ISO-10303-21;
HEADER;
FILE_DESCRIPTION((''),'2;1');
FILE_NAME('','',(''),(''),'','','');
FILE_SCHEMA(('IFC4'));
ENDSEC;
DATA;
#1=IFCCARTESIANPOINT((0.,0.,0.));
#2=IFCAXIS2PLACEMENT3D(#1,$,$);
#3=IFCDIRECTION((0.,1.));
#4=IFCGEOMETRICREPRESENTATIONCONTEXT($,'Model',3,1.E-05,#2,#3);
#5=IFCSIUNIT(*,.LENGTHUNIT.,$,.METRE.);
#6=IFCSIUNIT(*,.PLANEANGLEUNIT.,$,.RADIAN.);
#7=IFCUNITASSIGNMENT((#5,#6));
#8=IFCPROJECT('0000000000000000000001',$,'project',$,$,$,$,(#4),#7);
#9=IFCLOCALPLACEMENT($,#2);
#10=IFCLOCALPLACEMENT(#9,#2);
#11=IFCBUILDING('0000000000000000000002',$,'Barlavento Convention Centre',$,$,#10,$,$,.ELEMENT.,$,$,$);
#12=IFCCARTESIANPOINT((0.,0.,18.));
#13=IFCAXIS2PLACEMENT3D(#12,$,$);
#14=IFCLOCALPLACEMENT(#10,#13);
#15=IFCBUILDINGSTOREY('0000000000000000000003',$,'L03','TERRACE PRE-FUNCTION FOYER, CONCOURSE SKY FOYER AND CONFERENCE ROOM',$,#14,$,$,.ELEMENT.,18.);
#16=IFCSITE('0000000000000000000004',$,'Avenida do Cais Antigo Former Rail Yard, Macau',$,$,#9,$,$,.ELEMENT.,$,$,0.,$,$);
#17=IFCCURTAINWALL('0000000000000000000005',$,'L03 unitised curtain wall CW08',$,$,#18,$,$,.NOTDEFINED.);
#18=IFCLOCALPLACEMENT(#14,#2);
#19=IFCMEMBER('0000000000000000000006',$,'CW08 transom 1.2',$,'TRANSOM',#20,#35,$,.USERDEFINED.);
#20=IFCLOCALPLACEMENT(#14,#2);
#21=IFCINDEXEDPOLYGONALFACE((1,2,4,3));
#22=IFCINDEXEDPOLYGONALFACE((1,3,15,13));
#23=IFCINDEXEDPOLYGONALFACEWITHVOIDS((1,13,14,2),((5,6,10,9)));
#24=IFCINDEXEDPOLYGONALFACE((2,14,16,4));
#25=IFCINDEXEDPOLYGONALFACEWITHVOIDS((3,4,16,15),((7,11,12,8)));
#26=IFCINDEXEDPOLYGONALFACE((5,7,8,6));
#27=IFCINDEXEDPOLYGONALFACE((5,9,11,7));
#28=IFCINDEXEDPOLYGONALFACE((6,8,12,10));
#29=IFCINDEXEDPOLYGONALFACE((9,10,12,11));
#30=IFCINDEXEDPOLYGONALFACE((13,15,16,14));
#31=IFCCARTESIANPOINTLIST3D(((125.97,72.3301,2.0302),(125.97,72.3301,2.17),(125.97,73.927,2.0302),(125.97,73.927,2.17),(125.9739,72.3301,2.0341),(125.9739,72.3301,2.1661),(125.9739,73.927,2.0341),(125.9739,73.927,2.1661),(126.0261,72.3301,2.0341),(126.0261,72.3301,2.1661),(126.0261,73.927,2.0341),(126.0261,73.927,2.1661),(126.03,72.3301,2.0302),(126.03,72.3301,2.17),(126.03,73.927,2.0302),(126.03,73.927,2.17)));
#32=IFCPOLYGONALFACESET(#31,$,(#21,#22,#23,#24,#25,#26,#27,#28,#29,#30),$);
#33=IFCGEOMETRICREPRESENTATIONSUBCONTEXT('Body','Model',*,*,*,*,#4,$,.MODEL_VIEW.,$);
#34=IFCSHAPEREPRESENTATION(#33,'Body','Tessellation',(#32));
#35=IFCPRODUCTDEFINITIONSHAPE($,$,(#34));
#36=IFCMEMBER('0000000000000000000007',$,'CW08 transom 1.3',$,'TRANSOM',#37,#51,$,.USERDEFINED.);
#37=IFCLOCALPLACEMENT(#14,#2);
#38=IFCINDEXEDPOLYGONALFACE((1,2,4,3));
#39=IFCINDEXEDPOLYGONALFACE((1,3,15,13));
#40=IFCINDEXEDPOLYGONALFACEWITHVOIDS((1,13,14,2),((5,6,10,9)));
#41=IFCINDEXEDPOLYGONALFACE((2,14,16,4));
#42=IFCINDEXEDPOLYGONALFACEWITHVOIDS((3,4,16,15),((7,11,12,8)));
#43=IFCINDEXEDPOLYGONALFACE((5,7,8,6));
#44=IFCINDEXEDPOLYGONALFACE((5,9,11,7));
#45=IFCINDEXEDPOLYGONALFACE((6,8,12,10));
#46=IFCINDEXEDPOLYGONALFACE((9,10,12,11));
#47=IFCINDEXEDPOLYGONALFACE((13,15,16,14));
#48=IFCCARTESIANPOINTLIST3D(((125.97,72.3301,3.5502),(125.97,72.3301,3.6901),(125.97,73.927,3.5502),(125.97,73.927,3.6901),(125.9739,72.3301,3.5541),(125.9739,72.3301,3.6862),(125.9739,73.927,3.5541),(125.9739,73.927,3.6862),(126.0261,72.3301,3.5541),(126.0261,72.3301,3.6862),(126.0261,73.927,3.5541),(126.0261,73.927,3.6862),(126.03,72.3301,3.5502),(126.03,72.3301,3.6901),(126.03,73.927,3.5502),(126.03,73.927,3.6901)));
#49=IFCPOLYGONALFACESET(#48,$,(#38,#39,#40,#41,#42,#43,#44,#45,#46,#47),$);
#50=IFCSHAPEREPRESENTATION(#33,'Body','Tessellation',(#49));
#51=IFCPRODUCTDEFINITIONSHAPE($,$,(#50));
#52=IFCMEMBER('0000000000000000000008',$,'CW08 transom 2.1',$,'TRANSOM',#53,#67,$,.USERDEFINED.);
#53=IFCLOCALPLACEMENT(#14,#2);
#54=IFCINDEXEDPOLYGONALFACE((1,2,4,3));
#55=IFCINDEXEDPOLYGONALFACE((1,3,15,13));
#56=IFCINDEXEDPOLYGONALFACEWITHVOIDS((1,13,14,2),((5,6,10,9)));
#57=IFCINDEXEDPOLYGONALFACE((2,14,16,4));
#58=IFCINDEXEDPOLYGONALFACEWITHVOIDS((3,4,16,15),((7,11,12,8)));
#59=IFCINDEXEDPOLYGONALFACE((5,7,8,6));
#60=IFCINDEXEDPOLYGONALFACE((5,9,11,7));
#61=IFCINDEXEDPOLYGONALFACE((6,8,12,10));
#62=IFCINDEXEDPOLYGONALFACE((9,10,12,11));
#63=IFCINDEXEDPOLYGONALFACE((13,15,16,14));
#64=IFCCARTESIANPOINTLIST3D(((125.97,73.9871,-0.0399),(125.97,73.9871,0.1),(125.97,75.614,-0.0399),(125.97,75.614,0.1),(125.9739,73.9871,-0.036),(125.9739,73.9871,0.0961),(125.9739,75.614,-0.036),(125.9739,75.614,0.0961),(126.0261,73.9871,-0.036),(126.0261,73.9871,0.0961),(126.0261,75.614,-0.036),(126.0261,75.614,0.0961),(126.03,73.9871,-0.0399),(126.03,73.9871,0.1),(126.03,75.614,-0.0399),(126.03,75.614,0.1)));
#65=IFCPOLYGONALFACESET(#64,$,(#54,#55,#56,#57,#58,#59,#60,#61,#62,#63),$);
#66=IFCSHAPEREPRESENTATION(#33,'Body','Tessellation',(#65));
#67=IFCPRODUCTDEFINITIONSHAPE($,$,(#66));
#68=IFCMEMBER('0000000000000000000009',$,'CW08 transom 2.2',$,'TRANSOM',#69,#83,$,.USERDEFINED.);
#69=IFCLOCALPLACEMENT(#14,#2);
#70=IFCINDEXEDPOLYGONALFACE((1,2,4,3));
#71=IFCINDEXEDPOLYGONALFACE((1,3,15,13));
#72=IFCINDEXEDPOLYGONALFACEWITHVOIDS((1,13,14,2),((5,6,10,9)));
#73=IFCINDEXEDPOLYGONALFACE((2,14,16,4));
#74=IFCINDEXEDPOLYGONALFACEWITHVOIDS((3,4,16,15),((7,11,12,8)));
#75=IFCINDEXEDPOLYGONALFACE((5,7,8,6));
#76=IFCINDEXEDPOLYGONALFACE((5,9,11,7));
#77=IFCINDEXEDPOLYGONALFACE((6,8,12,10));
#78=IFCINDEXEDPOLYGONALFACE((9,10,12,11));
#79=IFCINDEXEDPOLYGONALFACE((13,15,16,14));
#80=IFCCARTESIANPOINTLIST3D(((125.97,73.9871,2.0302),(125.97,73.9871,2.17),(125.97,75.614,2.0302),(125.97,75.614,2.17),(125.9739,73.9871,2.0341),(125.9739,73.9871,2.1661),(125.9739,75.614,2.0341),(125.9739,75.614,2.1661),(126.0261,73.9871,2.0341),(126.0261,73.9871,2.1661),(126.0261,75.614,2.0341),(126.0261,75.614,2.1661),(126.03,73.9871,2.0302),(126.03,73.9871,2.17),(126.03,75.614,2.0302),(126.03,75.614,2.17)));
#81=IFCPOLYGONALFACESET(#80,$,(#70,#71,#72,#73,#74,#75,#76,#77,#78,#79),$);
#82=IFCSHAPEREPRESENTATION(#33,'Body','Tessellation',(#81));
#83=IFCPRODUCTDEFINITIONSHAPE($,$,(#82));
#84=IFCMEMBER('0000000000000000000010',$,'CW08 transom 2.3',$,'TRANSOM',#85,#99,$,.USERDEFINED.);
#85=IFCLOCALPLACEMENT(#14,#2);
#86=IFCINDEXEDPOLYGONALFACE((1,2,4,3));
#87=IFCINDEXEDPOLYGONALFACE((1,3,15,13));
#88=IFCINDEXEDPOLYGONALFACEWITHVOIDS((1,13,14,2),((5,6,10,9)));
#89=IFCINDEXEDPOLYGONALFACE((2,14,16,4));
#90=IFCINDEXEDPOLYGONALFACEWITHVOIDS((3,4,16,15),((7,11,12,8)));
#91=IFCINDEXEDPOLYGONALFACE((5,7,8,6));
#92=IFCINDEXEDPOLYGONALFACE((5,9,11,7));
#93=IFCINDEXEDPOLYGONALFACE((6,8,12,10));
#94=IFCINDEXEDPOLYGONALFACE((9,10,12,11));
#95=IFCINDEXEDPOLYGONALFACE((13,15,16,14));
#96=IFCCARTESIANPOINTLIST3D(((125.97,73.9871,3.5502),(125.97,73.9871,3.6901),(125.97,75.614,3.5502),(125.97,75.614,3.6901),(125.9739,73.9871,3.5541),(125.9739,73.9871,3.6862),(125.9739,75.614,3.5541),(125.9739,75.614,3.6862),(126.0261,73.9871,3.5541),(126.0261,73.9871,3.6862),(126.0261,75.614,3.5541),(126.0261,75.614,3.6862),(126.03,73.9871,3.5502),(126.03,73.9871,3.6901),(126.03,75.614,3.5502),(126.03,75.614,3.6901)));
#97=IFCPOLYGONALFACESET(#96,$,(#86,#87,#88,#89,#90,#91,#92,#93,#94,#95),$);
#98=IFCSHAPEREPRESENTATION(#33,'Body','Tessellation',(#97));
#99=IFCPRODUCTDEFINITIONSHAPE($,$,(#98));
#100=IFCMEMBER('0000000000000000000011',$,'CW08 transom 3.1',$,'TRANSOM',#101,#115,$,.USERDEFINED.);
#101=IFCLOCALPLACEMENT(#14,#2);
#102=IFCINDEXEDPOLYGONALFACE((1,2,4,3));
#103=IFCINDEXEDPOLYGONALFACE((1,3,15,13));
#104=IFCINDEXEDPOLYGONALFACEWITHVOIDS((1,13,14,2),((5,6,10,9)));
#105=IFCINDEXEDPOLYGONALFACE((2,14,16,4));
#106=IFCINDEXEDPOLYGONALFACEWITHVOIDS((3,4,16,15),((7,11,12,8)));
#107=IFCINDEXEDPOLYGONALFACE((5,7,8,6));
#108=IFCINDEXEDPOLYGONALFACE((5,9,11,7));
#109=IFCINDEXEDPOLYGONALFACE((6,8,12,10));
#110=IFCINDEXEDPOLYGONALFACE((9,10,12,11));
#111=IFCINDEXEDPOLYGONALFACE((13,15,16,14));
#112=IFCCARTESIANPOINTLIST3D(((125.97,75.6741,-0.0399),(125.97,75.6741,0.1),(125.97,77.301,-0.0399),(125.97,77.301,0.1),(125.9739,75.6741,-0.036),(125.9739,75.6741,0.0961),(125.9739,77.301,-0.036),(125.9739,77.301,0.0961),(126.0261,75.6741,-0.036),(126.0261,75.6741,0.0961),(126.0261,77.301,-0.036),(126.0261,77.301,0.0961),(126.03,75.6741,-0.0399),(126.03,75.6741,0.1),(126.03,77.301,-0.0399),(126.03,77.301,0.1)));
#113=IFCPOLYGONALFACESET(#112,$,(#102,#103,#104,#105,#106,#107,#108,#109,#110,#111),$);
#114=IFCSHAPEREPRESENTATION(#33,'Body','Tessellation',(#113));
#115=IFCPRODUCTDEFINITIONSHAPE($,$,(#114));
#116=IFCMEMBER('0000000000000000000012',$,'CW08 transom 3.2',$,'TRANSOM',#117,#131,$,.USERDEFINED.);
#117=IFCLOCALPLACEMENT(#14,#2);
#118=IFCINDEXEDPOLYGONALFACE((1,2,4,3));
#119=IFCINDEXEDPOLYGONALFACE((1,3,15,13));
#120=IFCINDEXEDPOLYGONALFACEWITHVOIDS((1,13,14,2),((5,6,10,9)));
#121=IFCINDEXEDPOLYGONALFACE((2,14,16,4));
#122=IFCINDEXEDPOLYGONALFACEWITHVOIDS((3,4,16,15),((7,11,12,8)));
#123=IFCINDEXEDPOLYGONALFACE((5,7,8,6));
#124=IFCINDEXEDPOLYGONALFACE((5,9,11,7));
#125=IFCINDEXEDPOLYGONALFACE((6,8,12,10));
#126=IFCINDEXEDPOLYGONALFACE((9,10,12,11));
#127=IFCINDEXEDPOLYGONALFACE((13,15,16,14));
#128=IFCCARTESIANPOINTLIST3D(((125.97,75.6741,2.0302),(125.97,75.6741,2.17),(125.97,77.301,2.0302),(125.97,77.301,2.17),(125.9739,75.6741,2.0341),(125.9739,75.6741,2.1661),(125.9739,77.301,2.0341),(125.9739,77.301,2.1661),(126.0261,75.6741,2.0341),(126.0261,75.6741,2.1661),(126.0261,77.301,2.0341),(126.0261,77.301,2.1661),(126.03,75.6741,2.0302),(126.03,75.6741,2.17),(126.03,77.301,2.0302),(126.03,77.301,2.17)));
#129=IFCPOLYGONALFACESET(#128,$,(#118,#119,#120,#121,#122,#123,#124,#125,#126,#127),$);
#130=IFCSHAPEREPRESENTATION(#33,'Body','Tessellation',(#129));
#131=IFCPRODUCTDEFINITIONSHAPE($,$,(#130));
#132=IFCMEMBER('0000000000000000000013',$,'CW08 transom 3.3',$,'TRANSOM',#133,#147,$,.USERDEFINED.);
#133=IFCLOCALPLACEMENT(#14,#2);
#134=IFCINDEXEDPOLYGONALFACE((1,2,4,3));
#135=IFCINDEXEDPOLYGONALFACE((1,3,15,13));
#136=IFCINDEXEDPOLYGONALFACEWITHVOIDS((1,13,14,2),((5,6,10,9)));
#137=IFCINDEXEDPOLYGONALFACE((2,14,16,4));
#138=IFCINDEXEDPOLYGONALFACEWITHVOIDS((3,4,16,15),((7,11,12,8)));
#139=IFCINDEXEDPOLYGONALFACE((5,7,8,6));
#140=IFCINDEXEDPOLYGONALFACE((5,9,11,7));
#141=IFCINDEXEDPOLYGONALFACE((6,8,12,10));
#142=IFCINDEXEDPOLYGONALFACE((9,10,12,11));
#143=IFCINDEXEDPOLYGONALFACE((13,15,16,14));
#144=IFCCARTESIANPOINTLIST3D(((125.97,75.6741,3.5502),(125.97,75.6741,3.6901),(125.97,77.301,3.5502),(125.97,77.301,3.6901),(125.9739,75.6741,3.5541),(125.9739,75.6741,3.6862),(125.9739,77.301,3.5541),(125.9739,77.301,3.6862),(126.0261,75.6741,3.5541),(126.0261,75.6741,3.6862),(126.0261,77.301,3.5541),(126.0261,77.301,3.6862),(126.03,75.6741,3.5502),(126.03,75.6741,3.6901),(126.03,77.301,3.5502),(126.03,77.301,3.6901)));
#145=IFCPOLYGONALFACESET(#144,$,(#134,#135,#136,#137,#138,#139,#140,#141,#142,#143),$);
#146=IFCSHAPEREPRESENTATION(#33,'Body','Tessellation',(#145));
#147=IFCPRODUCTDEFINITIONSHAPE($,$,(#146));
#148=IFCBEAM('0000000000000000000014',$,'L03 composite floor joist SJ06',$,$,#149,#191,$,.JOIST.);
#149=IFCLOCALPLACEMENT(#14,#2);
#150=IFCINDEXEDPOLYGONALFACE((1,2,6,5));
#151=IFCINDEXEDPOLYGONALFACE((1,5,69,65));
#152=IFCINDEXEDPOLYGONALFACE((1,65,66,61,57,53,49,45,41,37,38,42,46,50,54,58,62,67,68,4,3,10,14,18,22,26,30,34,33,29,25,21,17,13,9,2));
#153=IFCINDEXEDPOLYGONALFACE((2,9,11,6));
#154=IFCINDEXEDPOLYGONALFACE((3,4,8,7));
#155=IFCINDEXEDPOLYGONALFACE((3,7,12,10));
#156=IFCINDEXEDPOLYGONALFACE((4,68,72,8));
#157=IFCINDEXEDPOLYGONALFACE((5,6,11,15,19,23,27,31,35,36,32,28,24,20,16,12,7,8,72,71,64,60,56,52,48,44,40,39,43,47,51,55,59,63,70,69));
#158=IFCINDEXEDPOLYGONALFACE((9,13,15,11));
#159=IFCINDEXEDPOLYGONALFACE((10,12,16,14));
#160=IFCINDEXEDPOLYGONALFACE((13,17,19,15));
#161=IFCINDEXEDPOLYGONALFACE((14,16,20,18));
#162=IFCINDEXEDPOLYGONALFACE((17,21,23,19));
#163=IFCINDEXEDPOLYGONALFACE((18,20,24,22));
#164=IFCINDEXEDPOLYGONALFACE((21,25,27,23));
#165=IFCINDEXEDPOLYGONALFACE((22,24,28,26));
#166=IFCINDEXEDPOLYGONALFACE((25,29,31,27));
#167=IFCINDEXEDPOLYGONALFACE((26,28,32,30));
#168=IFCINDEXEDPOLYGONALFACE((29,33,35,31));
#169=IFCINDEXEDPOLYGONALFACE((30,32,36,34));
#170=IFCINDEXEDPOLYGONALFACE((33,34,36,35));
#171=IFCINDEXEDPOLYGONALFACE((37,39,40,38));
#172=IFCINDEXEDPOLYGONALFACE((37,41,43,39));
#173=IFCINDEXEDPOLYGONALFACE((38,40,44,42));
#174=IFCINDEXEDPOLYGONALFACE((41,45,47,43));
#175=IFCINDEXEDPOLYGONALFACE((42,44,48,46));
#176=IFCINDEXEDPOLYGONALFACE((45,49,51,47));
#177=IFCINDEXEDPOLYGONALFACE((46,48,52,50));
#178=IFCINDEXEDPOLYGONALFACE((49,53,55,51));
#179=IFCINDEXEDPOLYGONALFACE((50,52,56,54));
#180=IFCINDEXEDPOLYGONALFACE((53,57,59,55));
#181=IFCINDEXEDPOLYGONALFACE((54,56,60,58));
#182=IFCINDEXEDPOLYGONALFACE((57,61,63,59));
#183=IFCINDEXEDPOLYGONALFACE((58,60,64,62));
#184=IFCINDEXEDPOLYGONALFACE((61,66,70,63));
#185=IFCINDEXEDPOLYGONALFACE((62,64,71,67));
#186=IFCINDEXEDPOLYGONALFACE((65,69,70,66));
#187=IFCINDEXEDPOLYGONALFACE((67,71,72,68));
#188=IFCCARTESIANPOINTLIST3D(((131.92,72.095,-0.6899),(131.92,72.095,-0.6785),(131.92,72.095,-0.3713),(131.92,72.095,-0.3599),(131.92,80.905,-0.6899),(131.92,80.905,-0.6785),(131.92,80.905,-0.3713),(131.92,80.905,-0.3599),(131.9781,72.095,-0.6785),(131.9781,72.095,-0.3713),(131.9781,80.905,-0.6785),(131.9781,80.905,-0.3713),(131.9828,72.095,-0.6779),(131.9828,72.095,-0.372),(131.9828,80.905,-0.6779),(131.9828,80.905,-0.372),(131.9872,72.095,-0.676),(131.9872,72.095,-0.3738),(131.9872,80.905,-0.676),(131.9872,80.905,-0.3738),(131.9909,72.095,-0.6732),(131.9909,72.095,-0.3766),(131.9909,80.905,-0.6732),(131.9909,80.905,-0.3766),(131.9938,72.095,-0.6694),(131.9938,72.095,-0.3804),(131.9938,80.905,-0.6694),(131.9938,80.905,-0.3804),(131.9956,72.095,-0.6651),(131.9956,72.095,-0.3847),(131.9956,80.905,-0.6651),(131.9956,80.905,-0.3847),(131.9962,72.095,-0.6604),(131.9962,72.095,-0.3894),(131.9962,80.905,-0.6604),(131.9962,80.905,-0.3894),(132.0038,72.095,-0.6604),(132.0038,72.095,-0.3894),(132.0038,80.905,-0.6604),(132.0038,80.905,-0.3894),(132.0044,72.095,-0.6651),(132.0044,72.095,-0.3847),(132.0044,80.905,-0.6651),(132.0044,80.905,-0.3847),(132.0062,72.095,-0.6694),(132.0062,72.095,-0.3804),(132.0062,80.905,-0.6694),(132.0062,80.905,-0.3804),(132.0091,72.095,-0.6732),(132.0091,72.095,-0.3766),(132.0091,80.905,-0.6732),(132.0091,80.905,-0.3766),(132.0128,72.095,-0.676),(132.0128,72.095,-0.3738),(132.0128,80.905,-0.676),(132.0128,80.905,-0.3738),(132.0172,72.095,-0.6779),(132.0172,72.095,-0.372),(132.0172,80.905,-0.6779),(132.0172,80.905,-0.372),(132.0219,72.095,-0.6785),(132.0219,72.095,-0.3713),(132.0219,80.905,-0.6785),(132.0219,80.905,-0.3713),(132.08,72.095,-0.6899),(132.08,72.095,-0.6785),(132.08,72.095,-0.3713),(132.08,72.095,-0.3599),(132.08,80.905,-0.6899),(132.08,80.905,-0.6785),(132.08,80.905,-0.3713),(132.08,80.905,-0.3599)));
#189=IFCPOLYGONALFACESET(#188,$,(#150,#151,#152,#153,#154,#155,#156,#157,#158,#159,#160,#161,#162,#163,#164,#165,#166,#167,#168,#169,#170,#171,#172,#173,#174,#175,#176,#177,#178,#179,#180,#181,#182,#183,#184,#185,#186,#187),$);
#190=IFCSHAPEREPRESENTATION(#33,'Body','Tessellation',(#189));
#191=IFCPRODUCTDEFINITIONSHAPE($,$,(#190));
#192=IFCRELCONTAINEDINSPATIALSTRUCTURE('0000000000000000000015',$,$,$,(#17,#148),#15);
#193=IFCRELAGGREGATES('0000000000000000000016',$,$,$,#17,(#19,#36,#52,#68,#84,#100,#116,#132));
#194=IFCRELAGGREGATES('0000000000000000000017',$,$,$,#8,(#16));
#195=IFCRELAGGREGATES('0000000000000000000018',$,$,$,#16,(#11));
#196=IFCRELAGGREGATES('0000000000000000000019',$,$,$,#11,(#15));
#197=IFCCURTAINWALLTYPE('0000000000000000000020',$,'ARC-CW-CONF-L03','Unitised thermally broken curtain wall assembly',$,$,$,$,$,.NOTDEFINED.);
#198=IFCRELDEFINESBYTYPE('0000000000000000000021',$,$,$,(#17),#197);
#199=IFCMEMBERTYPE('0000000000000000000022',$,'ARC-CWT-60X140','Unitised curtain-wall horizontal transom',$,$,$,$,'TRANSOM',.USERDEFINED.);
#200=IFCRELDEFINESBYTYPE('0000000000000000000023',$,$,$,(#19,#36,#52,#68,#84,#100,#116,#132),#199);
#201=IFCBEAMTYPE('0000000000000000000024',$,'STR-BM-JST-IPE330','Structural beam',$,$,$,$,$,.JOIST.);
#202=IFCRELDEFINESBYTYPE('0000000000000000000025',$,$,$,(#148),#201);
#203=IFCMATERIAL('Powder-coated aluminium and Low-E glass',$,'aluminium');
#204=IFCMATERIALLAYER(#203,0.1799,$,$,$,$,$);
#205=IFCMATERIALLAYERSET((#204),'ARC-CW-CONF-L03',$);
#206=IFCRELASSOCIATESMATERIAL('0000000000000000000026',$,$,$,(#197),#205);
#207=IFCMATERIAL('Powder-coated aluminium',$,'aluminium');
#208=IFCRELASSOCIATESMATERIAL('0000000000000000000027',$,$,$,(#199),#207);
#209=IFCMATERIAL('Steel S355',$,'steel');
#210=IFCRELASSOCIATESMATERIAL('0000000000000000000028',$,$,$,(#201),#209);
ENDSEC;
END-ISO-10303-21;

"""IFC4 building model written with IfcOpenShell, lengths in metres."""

from ifc_helpers import new_model, si_unit, direction, frame, origin, origin_2d, place, context, subcontext, project, spatial, hollow_rectangle, i_section, extrude, material, layer, layer_set, material_profile, profile_set, type_object, element, aggregate, save


model = new_model("IFC4")

# Units and contexts
model_context = context("Model", 3, precision=1e-05, world=origin(), true_north=direction((0.0, 1.0)))
body_context = subcontext(model_context, "Body", "Model", "MODEL_VIEW")
ifc_project = project(units=[si_unit("LENGTHUNIT", "METRE"), si_unit("PLANEANGLEUNIT", "RADIAN")], contexts=[model_context])

# Site, building, storey
site_placement = place(None, origin())
site = spatial("IfcSite", under=ifc_project, at=site_placement, Name="Avenida do Cais Antigo Former Rail Yard, Macau", CompositionType="ELEMENT", RefElevation=0.0)
building_placement = place(site_placement, origin())
building = spatial("IfcBuilding", under=site, at=building_placement, Name="Barlavento Convention Centre", CompositionType="ELEMENT")
storey_placement = place(building_placement, frame((0.0, 0.0, 18.0)))
storey = spatial("IfcBuildingStorey", under=building, at=storey_placement, Name="L03", Description="TERRACE PRE-FUNCTION FOYER, CONCOURSE SKY FOYER AND CONFERENCE ROOM", CompositionType="ELEMENT", Elevation=18.0)

# Shared definitions
ifc_material_1 = material(Name="Steel S355", Category="steel")

# Shared definitions
ifc_material_2 = material(Name="Powder-coated aluminium and Low-E glass", Category="aluminium")
ifc_layer_1 = layer(ifc_material_2, 0.1799)
ifc_layer_set_1 = layer_set([ifc_layer_1], Name="ARC-CW-CONF-L03")
curtain_wall_type = type_object("IfcCurtainWallType", Name="ARC-CW-CONF-L03", Description="Unitised thermally broken curtain wall assembly", PredefinedType="NOTDEFINED", material=ifc_layer_set_1)
ifc_material_3 = material(Name="Powder-coated aluminium", Category="aluminium")

# Curtain wall, members
curtain_wall_1_placement = place(storey_placement, origin())
curtain_wall_1 = element("IfcCurtainWall", 1, at=curtain_wall_1_placement, inside=storey, type_object=curtain_wall_type, Name="L03 unitised curtain wall CW08", PredefinedType="NOTDEFINED")
ifc_material_profile_1 = material_profile(ifc_material_3, hollow_rectangle(XDim=0.0601, YDim=0.1399, WallThickness=0.0039, at=origin_2d()), Name="AL-TRAN 60x140x4")
ifc_profile_set_1 = profile_set([ifc_material_profile_1], Name="Powder-coated aluminium")
member_type_1 = type_object("IfcMemberType", Name="ARC-CWT-60X140", Description="Unitised curtain-wall horizontal transom", ElementType="TRANSOM", PredefinedType="USERDEFINED", material=ifc_profile_set_1)
member_1_placement = place(storey_placement, frame((126.0, 72.3301, 2.1001), z_axis=(0.0, 1.0, 0.0), x_axis=(-1.0, 0.0, 0.0)))
member_1 = element("IfcMember", 2, at=member_1_placement, type_object=member_type_1, Name="CW08 transom 1.2", ObjectType="TRANSOM", PredefinedType="USERDEFINED", context=body_context, shape_type="SweptSolid", body=[
    extrude(hollow_rectangle(XDim=0.0601, YDim=0.1399, WallThickness=0.0039, at=origin_2d()), origin(), (0.0, 0.0, 1.0), 1.5969),
])
member_2_placement = place(storey_placement, frame((126.0, 72.3301, 3.6201), z_axis=(0.0, 1.0, 0.0), x_axis=(-1.0, 0.0, 0.0)))
member_2 = element("IfcMember", 3, at=member_2_placement, type_object=member_type_1, Name="CW08 transom 1.3", ObjectType="TRANSOM", PredefinedType="USERDEFINED", context=body_context, shape_type="SweptSolid", body=[
    extrude(hollow_rectangle(XDim=0.0601, YDim=0.1399, WallThickness=0.0039, at=origin_2d()), origin(), (0.0, 0.0, 1.0), 1.5969),
])
member_3_placement = place(storey_placement, frame((126.0, 73.9871, 0.03), z_axis=(0.0, 1.0, 0.0), x_axis=(-1.0, 0.0, 0.0)))
member_3 = element("IfcMember", 4, at=member_3_placement, type_object=member_type_1, Name="CW08 transom 2.1", ObjectType="TRANSOM", PredefinedType="USERDEFINED", context=body_context, shape_type="SweptSolid", body=[
    extrude(hollow_rectangle(XDim=0.0601, YDim=0.1399, WallThickness=0.0039, at=origin_2d()), origin(), (0.0, 0.0, 1.0), 1.627),
])
member_4_placement = place(storey_placement, frame((126.0, 73.9871, 2.1001), z_axis=(0.0, 1.0, 0.0), x_axis=(-1.0, 0.0, 0.0)))
member_4 = element("IfcMember", 5, at=member_4_placement, type_object=member_type_1, Name="CW08 transom 2.2", ObjectType="TRANSOM", PredefinedType="USERDEFINED", context=body_context, shape_type="SweptSolid", body=[
    extrude(hollow_rectangle(XDim=0.0601, YDim=0.1399, WallThickness=0.0039, at=origin_2d()), origin(), (0.0, 0.0, 1.0), 1.627),
])
member_5_placement = place(storey_placement, frame((126.0, 73.9871, 3.6201), z_axis=(0.0, 1.0, 0.0), x_axis=(-1.0, 0.0, 0.0)))
member_5 = element("IfcMember", 6, at=member_5_placement, type_object=member_type_1, Name="CW08 transom 2.3", ObjectType="TRANSOM", PredefinedType="USERDEFINED", context=body_context, shape_type="SweptSolid", body=[
    extrude(hollow_rectangle(XDim=0.0601, YDim=0.1399, WallThickness=0.0039, at=origin_2d()), origin(), (0.0, 0.0, 1.0), 1.627),
])
member_6_placement = place(storey_placement, frame((126.0, 75.6741, 0.03), z_axis=(0.0, 1.0, 0.0), x_axis=(-1.0, 0.0, 0.0)))
member_6 = element("IfcMember", 7, at=member_6_placement, type_object=member_type_1, Name="CW08 transom 3.1", ObjectType="TRANSOM", PredefinedType="USERDEFINED", context=body_context, shape_type="SweptSolid", body=[
    extrude(hollow_rectangle(XDim=0.0601, YDim=0.1399, WallThickness=0.0039, at=origin_2d()), origin(), (0.0, 0.0, 1.0), 1.627),
])
member_7_placement = place(storey_placement, frame((126.0, 75.6741, 2.1001), z_axis=(0.0, 1.0, 0.0), x_axis=(-1.0, 0.0, 0.0)))
member_7 = element("IfcMember", 8, at=member_7_placement, type_object=member_type_1, Name="CW08 transom 3.2", ObjectType="TRANSOM", PredefinedType="USERDEFINED", context=body_context, shape_type="SweptSolid", body=[
    extrude(hollow_rectangle(XDim=0.0601, YDim=0.1399, WallThickness=0.0039, at=origin_2d()), origin(), (0.0, 0.0, 1.0), 1.627),
])
member_8_placement = place(storey_placement, frame((126.0, 75.6741, 3.6201), z_axis=(0.0, 1.0, 0.0), x_axis=(-1.0, 0.0, 0.0)))
member_8 = element("IfcMember", 9, at=member_8_placement, type_object=member_type_1, Name="CW08 transom 3.3", ObjectType="TRANSOM", PredefinedType="USERDEFINED", context=body_context, shape_type="SweptSolid", body=[
    extrude(hollow_rectangle(XDim=0.0601, YDim=0.1399, WallThickness=0.0039, at=origin_2d()), origin(), (0.0, 0.0, 1.0), 1.627),
])

# Beam
ifc_material_profile_2 = material_profile(ifc_material_1, i_section(OverallWidth=0.1599, OverallDepth=0.3301, WebThickness=0.0076, FlangeThickness=0.0115, FilletRadius=0.0181, at=origin_2d()), Name="IPE 330")
ifc_profile_set_2 = profile_set([ifc_material_profile_2], Name="Steel S355")
beam_type_1 = type_object("IfcBeamType", Name="STR-BM-JST-IPE330", Description="Structural beam", PredefinedType="JOIST", material=ifc_profile_set_2)
beam_1_placement = place(storey_placement, frame((132.0, 72.095, -0.5249), z_axis=(0.0, 1.0, 0.0), x_axis=(-1.0, 0.0, 0.0)))
element("IfcBeam", 10, at=beam_1_placement, inside=storey, type_object=beam_type_1, Name="L03 composite floor joist SJ06", PredefinedType="JOIST", context=body_context, shape_type="SweptSolid", body=[
    extrude(i_section(OverallWidth=0.1599, OverallDepth=0.3301, WebThickness=0.0076, FlangeThickness=0.0115, FilletRadius=0.0181, at=origin_2d()), origin(), (0.0, 0.0, 1.0), 8.8101),
])

aggregate(curtain_wall_1, [member_1, member_2, member_3, member_4, member_5, member_6, member_7, member_8])

save(model, "model.ifc")
